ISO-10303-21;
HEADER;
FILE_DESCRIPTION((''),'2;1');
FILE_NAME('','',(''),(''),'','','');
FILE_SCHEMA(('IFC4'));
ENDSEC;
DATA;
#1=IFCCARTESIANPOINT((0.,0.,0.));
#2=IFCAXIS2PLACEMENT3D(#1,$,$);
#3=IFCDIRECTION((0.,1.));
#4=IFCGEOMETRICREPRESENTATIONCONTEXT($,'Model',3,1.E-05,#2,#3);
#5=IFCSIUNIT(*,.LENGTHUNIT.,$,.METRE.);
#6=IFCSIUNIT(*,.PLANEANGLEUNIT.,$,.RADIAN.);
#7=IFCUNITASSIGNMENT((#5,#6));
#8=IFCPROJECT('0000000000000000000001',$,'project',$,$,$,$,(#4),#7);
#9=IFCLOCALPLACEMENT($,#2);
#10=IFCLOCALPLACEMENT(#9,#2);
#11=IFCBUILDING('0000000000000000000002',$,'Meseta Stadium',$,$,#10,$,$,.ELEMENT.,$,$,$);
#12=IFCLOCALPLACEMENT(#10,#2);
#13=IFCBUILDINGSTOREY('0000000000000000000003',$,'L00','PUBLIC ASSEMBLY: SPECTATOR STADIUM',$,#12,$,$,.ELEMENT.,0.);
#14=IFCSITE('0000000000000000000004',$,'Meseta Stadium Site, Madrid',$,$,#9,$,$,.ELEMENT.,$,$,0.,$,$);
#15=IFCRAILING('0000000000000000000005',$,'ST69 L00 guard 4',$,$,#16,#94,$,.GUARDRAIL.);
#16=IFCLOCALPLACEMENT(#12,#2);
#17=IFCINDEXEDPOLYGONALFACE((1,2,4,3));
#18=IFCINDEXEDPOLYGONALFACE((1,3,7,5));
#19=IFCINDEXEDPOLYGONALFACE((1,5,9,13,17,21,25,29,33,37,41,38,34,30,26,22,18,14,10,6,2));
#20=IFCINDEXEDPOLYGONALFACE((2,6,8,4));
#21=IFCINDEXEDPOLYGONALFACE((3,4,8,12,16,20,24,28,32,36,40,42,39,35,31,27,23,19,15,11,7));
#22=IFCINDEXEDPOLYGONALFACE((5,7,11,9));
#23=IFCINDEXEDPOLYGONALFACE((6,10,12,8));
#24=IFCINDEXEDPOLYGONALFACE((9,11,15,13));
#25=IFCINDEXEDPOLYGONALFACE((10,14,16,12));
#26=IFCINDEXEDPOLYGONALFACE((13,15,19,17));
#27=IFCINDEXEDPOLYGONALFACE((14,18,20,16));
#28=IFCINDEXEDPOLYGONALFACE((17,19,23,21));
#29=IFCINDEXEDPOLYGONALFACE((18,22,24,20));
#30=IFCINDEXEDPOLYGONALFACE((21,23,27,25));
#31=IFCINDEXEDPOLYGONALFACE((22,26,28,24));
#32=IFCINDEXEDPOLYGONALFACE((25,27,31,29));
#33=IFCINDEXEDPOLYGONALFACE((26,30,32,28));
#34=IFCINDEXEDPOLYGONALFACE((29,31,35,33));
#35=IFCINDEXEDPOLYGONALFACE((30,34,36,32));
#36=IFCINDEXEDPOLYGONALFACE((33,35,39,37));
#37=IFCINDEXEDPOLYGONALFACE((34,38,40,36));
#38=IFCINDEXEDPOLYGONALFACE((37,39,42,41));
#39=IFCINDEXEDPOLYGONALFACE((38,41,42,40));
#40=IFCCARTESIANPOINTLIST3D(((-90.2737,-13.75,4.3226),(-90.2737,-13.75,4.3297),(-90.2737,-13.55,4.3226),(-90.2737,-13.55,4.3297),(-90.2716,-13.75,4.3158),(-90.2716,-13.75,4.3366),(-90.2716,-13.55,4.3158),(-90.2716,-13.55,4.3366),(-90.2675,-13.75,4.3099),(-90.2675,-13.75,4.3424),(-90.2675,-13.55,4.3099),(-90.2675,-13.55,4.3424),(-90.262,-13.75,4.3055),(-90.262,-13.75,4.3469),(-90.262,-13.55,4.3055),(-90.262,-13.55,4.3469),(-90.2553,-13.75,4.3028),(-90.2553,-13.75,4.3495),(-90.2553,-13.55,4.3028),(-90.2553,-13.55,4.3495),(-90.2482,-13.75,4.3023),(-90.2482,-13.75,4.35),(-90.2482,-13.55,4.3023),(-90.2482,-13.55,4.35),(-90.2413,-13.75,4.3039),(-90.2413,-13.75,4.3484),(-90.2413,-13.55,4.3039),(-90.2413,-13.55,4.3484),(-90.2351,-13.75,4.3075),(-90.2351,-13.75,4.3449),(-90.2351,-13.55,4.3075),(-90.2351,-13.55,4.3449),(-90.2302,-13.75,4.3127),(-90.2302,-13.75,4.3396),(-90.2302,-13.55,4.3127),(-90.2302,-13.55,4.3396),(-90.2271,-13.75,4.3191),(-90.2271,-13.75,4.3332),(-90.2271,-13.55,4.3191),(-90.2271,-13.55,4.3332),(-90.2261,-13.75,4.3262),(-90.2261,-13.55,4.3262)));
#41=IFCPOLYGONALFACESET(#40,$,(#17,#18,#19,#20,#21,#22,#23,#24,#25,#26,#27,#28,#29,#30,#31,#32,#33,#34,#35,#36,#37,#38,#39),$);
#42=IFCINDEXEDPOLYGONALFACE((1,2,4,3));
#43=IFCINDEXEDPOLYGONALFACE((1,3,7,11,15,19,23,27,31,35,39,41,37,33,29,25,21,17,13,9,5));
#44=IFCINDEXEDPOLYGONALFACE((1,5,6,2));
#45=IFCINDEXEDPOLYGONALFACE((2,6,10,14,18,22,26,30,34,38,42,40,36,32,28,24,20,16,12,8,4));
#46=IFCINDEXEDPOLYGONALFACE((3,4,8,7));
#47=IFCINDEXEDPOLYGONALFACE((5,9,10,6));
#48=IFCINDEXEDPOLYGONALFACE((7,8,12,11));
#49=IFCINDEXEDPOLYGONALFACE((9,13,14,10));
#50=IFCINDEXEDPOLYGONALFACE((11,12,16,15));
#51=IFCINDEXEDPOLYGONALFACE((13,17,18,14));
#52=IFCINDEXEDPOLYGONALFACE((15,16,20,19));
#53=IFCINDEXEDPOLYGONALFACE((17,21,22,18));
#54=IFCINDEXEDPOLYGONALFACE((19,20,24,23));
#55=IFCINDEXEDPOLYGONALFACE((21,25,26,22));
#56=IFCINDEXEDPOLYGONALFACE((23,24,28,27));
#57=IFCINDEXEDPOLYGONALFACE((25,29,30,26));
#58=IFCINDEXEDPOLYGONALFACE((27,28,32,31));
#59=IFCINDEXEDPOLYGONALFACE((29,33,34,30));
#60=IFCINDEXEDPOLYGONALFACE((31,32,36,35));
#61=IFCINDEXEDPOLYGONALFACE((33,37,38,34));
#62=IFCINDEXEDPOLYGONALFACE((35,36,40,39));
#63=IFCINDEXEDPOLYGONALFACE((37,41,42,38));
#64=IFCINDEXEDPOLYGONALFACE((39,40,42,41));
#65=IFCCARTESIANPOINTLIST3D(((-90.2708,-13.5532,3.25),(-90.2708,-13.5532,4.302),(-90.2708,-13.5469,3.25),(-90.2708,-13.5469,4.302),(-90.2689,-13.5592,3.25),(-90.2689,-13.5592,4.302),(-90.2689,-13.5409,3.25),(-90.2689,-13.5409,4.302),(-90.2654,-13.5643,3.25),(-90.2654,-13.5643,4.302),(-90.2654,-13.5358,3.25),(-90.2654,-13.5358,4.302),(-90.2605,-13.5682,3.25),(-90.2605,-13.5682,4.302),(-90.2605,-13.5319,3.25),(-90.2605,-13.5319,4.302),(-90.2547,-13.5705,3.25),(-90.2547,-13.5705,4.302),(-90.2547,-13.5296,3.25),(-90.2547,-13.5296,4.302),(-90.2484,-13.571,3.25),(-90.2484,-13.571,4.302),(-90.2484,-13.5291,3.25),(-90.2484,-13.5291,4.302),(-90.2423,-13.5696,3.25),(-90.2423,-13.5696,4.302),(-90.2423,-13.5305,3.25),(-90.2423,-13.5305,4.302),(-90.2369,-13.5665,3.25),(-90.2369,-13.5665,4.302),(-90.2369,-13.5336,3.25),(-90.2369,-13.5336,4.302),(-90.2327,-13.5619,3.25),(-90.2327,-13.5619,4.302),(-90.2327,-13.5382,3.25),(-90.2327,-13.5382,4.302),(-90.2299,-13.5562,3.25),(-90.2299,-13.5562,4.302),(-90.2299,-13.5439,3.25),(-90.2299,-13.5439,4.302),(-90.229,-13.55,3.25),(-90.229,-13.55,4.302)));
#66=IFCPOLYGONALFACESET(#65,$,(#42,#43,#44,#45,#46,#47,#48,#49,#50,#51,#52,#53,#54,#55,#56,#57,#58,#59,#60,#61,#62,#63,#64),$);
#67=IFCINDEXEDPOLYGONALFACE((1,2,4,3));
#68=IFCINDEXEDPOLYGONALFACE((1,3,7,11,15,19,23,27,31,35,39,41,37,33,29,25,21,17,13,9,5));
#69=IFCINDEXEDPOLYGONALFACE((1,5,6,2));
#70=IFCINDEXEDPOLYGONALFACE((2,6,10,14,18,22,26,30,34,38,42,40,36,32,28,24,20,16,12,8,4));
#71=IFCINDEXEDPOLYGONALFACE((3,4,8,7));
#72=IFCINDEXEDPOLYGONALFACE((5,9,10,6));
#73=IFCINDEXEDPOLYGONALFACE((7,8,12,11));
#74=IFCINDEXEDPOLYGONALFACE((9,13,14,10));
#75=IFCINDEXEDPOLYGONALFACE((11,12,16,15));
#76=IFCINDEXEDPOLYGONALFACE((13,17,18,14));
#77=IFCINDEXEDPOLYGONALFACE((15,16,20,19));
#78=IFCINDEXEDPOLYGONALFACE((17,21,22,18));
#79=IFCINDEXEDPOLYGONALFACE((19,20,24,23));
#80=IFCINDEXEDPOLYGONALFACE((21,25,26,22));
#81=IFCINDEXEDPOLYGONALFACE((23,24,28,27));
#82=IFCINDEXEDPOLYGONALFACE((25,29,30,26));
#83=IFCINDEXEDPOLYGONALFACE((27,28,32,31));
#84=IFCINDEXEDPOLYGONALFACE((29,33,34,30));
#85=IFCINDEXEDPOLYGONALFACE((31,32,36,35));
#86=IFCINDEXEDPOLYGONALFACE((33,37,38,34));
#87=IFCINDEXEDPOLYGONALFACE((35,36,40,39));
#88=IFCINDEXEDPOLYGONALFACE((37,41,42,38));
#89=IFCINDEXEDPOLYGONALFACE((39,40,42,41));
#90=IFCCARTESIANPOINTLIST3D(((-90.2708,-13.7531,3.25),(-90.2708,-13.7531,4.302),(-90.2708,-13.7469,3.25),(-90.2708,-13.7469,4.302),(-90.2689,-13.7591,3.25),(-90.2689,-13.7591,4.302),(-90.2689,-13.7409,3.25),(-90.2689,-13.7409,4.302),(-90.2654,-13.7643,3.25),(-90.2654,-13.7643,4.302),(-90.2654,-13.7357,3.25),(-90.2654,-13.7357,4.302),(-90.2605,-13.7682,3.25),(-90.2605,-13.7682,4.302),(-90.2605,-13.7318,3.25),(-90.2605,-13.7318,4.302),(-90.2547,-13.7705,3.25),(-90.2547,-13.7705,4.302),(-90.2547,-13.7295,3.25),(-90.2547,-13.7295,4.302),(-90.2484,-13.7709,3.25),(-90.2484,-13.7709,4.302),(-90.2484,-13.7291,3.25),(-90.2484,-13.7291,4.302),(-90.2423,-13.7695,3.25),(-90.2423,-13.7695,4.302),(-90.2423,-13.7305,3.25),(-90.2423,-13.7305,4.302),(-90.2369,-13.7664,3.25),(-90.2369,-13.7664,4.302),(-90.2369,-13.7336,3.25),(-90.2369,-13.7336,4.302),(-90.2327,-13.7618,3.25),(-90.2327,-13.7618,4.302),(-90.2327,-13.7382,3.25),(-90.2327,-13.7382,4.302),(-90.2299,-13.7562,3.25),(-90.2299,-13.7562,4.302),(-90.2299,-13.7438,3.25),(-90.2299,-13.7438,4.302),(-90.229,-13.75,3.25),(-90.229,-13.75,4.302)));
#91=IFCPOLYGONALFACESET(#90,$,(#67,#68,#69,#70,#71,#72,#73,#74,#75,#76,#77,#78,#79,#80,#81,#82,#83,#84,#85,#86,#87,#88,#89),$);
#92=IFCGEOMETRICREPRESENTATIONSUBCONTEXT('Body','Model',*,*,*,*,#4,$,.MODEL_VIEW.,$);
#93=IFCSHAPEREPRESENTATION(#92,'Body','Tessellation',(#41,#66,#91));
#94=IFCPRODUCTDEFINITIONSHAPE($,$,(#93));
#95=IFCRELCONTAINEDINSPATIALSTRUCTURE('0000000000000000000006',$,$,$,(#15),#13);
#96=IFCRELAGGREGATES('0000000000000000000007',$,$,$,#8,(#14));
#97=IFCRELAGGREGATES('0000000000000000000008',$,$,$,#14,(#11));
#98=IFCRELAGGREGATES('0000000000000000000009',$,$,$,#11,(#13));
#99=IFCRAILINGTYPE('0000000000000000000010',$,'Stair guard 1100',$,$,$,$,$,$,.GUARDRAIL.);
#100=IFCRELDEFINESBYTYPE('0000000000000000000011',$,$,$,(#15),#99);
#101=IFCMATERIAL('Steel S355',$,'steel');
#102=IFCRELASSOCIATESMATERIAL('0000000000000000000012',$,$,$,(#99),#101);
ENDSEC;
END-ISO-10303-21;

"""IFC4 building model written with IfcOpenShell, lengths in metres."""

from ifc_helpers import new_model, si_unit, direction, frame, origin, origin_2d, place, context, subcontext, project, spatial, circle, extrude, material, type_object, element, save


model = new_model("IFC4")

# Units and contexts
model_context = context("Model", 3, precision=1e-05, world=origin(), true_north=direction((0.0, 1.0)))
body_context = subcontext(model_context, "Body", "Model", "MODEL_VIEW")
ifc_project = project(units=[si_unit("LENGTHUNIT", "METRE"), si_unit("PLANEANGLEUNIT", "RADIAN")], contexts=[model_context])

# Site, building, storey
site_placement = place(None, origin())
site = spatial("IfcSite", under=ifc_project, at=site_placement, Name="Meseta Stadium Site, Madrid", CompositionType="ELEMENT", RefElevation=0.0)
building_placement = place(site_placement, origin())
building = spatial("IfcBuilding", under=site, at=building_placement, Name="Meseta Stadium", CompositionType="ELEMENT")
storey_placement = place(building_placement, origin())
storey = spatial("IfcBuildingStorey", under=building, at=storey_placement, Name="L00", Description="PUBLIC ASSEMBLY: SPECTATOR STADIUM", CompositionType="ELEMENT", Elevation=0.0)

# Railing
ifc_material_1 = material(Name="Steel S355", Category="steel")
railing_type_1 = type_object("IfcRailingType", Name="Stair guard 1100", PredefinedType="GUARDRAIL", material=ifc_material_1)
railing_1_placement = place(storey_placement, frame((-90.25, -13.55, 3.25)))
element("IfcRailing", 1, at=railing_1_placement, inside=storey, type_object=railing_type_1, Name="ST69 L00 guard 4", PredefinedType="GUARDRAIL", context=body_context, shape_type="SweptSolid", body=[
    extrude(circle(Radius=0.0239, at=origin_2d()), frame((0.0, 0.0, 1.0762), z_axis=(0.0, -1.0, 0.0), x_axis=(1.0, 0.0, 0.0)), (0.0, 0.0, 1.0), 0.2),
    extrude(circle(Radius=0.021, at=origin_2d()), origin(), (0.0, 0.0, 1.0), 1.052),
    extrude(circle(Radius=0.021, at=origin_2d()), frame((0.0, -0.2, 0.0)), (0.0, 0.0, 1.0), 1.052),
])

save(model, "model.ifc")
